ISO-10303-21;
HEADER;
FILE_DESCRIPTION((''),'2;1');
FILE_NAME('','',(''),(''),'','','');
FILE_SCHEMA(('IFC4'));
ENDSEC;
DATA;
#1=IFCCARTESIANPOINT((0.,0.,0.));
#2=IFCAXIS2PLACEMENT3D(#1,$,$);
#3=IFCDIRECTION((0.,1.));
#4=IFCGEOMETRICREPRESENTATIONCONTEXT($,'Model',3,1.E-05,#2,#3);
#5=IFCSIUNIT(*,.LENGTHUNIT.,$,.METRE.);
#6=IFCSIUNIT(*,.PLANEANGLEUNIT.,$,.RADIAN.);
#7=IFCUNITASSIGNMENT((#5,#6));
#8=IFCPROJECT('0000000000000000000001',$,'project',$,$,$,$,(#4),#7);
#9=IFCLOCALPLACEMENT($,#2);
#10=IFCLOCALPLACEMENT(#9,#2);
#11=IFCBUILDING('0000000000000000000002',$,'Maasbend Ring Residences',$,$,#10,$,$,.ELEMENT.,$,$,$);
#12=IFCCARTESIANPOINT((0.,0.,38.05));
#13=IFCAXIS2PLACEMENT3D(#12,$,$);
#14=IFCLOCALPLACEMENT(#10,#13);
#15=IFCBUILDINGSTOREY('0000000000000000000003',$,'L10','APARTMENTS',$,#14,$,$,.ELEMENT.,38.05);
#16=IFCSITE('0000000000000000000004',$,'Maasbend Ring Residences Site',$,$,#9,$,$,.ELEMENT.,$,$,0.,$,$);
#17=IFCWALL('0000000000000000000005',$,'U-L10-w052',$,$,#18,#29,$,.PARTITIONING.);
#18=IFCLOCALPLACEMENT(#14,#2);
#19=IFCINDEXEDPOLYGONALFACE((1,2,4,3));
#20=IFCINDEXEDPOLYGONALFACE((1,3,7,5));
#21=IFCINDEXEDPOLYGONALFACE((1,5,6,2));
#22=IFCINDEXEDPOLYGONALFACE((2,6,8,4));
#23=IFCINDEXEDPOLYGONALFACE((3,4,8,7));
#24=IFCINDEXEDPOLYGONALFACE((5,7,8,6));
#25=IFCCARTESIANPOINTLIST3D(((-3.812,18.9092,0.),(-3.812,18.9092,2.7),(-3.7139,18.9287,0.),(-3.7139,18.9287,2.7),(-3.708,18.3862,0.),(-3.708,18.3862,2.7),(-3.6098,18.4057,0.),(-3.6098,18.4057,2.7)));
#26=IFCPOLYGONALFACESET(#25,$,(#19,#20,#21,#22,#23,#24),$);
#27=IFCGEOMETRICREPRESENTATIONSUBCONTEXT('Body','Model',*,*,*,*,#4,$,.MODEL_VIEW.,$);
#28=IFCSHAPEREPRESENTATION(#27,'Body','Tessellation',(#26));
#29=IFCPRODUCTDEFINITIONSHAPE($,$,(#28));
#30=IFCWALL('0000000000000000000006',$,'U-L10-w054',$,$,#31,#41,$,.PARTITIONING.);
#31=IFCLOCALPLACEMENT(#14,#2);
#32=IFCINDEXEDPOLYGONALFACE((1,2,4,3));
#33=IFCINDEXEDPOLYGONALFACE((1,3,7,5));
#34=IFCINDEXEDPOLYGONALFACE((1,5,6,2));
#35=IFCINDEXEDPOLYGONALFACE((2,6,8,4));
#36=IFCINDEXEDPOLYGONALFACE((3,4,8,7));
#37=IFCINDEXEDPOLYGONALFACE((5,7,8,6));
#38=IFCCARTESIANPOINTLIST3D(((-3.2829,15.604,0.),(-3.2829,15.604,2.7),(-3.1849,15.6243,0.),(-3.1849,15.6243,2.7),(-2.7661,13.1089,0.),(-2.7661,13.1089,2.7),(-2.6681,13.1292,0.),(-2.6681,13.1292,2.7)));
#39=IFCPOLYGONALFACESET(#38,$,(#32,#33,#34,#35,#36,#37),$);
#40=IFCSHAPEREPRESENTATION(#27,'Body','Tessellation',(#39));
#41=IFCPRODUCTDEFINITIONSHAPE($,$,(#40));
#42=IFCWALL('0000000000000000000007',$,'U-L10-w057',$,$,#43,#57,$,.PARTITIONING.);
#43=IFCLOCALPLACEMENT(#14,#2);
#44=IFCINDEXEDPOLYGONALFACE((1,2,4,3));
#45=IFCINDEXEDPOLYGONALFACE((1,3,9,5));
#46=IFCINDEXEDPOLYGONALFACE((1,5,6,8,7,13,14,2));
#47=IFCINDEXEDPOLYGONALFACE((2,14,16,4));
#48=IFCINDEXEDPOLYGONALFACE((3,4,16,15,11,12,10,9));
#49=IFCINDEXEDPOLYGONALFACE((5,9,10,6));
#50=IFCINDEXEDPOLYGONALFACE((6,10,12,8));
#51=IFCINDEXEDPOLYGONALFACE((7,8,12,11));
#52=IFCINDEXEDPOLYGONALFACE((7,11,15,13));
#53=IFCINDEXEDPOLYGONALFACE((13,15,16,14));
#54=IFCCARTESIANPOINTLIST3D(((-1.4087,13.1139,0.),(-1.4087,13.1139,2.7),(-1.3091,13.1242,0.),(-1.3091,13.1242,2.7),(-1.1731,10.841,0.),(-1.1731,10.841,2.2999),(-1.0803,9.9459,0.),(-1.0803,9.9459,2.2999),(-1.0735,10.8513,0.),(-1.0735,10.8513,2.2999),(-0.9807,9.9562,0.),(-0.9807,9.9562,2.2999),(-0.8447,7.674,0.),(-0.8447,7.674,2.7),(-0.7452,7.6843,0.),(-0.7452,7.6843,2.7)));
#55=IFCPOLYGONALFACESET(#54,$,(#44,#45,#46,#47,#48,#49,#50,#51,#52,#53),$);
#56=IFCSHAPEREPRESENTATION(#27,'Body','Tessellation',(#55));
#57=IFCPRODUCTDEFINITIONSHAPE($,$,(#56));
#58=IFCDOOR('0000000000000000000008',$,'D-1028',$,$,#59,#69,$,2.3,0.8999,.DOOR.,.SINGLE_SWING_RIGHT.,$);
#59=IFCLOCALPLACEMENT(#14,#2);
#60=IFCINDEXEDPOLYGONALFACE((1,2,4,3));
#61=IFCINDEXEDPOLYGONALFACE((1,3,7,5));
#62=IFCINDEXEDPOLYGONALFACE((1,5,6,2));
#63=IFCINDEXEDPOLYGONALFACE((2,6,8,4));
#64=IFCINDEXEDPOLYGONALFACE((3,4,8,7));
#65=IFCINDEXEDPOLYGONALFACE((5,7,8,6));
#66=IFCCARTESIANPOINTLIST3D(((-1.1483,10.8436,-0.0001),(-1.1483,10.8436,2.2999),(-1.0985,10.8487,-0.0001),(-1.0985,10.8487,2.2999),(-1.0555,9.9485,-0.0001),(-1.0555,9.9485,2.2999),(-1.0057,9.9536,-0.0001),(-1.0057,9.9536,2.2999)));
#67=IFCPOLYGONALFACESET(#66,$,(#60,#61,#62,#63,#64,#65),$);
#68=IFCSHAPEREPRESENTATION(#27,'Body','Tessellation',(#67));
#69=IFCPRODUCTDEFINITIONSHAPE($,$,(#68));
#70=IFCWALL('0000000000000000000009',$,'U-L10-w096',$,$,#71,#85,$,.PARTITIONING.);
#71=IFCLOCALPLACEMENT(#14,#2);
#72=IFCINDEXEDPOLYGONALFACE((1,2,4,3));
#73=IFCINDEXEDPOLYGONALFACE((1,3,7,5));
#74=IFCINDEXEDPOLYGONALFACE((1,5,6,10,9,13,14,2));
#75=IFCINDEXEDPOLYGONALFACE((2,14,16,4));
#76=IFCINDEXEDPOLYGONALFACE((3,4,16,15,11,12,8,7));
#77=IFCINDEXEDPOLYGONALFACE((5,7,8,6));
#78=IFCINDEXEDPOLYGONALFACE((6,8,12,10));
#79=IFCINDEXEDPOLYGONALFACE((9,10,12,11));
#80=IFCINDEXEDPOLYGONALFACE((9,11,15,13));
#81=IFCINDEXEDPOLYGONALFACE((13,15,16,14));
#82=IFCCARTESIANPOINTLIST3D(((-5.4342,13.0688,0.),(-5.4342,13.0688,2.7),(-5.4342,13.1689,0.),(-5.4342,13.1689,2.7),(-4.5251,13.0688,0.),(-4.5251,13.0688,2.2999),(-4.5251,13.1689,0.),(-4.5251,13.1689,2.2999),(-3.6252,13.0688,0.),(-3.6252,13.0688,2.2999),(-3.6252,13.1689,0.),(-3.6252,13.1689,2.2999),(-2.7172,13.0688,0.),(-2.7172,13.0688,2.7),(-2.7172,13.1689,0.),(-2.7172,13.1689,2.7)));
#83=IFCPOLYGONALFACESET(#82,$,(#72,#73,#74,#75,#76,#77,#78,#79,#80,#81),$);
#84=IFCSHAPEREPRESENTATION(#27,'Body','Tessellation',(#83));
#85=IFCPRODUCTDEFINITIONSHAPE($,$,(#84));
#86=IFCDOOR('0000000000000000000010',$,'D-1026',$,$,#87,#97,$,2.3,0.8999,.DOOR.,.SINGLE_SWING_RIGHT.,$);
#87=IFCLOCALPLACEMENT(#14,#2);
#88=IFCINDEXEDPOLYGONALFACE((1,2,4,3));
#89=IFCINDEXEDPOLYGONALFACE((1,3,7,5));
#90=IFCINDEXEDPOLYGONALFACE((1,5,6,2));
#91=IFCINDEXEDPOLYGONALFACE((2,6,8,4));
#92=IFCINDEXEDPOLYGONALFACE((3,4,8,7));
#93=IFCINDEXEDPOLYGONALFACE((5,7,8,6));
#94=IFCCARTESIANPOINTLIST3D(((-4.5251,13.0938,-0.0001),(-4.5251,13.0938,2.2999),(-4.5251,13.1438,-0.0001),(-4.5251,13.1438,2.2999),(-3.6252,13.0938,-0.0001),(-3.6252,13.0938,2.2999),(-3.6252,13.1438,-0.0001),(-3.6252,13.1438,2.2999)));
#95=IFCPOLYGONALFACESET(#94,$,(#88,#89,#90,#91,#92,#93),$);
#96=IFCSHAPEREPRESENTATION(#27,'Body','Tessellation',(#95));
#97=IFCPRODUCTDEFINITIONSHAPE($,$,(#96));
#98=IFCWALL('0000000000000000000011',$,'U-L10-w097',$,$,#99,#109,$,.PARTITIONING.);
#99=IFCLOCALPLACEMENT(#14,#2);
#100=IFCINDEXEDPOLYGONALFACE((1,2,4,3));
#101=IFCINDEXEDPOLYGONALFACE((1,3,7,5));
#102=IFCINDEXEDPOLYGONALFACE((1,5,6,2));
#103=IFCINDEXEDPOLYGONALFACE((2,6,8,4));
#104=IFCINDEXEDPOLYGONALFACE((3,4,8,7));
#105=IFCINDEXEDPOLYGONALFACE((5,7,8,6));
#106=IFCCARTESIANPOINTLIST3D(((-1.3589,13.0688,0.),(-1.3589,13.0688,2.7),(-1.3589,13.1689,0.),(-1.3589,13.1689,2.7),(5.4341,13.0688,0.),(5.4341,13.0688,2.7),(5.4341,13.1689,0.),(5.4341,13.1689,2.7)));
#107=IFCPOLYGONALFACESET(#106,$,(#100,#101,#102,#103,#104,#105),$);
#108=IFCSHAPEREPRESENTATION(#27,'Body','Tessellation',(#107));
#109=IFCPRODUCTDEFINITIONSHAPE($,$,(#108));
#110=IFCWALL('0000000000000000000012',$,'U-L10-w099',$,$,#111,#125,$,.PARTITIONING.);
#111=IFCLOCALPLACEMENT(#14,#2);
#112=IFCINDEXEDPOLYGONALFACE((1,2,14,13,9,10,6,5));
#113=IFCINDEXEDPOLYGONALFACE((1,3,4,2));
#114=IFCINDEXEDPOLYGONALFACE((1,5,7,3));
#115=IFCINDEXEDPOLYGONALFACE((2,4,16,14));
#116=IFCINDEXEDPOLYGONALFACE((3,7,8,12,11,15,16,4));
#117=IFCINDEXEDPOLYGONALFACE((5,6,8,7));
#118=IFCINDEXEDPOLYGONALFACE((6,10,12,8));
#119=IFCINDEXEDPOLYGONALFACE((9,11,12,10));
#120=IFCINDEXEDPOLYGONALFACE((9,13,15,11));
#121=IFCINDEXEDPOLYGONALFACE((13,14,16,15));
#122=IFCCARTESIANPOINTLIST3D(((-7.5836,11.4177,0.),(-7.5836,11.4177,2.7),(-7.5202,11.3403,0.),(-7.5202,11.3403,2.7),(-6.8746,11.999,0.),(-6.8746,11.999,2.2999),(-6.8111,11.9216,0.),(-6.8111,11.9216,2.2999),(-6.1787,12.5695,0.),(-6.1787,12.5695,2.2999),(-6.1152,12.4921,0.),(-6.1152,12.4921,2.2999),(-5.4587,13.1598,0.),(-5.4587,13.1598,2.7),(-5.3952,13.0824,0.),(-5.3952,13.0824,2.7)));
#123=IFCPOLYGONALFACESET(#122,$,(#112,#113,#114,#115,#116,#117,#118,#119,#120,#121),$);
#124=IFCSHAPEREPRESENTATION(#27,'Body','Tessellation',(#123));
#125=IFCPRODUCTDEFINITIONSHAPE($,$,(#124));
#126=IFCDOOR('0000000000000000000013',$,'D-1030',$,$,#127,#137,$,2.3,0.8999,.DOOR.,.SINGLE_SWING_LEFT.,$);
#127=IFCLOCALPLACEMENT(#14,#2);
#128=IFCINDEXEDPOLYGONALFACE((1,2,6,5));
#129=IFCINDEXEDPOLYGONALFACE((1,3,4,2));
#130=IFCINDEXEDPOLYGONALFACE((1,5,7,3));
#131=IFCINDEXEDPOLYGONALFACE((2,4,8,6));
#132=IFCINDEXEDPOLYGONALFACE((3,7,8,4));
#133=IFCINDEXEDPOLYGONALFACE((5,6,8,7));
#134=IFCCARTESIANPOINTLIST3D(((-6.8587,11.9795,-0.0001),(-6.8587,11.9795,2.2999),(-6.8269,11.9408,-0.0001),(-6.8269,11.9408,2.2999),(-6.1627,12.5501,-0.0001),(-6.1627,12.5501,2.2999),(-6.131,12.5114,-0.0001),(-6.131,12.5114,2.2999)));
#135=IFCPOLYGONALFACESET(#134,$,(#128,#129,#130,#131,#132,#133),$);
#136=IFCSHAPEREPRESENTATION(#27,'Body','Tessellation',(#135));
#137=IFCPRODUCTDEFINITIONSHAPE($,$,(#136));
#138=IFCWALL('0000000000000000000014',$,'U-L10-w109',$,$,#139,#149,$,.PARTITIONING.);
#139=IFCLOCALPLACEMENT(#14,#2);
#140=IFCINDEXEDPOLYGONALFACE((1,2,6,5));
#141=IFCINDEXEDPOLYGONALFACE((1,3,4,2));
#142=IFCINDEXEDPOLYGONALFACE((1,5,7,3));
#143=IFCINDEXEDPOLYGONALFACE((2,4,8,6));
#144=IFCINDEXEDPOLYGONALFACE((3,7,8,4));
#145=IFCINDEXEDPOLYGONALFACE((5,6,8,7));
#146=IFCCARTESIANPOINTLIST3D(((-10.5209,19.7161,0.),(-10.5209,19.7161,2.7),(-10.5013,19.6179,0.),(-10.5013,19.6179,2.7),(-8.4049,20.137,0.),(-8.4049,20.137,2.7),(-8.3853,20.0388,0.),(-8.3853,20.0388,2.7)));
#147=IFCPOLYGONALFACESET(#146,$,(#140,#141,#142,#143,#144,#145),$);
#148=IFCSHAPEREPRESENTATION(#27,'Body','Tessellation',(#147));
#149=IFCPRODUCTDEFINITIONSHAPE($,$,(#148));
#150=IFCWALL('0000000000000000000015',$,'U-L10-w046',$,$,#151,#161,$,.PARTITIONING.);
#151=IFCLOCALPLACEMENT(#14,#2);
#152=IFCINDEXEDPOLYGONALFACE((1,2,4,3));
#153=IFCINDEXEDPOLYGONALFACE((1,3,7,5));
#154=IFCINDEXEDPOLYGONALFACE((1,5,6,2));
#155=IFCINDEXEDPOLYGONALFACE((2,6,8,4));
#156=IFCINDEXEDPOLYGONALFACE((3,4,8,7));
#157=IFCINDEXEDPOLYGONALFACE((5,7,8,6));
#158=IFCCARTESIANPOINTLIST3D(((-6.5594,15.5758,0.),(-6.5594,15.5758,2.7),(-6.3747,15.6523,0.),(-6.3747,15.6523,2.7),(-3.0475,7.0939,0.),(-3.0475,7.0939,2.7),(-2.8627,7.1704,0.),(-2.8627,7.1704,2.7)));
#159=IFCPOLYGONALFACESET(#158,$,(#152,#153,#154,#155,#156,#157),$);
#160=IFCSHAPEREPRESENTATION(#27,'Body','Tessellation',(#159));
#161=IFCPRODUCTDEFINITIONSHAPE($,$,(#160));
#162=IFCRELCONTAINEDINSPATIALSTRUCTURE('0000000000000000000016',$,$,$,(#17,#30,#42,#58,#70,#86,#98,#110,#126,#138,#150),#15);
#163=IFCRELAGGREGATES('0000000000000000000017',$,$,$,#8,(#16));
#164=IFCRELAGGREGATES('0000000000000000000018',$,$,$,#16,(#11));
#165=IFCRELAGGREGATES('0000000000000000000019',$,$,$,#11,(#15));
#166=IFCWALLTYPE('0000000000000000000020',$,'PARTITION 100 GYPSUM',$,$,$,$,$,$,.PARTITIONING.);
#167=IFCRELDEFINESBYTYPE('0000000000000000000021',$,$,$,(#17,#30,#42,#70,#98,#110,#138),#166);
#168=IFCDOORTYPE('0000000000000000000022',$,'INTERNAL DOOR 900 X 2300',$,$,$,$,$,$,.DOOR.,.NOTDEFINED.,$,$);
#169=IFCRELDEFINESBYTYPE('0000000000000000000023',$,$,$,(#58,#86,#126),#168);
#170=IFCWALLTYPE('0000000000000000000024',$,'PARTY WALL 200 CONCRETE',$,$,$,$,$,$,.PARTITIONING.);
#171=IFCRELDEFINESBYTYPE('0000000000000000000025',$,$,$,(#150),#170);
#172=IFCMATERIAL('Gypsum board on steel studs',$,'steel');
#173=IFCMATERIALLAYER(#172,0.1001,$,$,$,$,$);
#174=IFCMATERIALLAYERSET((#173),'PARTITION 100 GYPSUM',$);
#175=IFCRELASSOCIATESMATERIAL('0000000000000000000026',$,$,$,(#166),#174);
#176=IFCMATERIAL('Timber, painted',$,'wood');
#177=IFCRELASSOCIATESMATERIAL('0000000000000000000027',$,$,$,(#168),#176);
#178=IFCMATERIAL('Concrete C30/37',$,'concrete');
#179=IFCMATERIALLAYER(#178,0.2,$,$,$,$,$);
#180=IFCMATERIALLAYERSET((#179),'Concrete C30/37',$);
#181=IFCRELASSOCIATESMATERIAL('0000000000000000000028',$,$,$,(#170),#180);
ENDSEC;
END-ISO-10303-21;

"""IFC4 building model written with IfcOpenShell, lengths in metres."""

from ifc_helpers import new_model, si_unit, direction, frame, frame_2d, origin, place, context, subcontext, project, spatial, rectangle, extrude, material, layer, layer_set, type_object, element, fill, save


model = new_model("IFC4")

# Units and contexts
model_context = context("Model", 3, precision=1e-05, world=origin(), true_north=direction((0.0, 1.0)))
body_context = subcontext(model_context, "Body", "Model", "MODEL_VIEW")
ifc_project = project(units=[si_unit("LENGTHUNIT", "METRE"), si_unit("PLANEANGLEUNIT", "RADIAN")], contexts=[model_context])

# Site, building, storey
site_placement = place(None, origin())
site = spatial("IfcSite", under=ifc_project, at=site_placement, Name="Maasbend Ring Residences Site", CompositionType="ELEMENT", RefElevation=0.0)
building_placement = place(site_placement, origin())
building = spatial("IfcBuilding", under=site, at=building_placement, Name="Maasbend Ring Residences", CompositionType="ELEMENT")
storey_placement = place(building_placement, frame((0.0, 0.0, 38.05)))
storey = spatial("IfcBuildingStorey", under=building, at=storey_placement, Name="L10", Description="APARTMENTS", CompositionType="ELEMENT", Elevation=38.05)

# Walls
ifc_material_1 = material(Name="Gypsum board on steel studs", Category="steel")
ifc_layer_1 = layer(ifc_material_1, 0.1001)
ifc_layer_set_1 = layer_set([ifc_layer_1], Name="PARTITION 100 GYPSUM")
wall_type_1 = type_object("IfcWallType", Name="PARTITION 100 GYPSUM", PredefinedType="PARTITIONING", material=ifc_layer_set_1)
wall_1_placement = place(storey_placement, frame((-3.7629, 18.9189, 0.0), z_axis=(0.0, 0.0, 1.0), x_axis=(0.195059, -0.980791, 0.0)))
element("IfcWall", 1, at=wall_1_placement, inside=storey, type_object=wall_type_1, Name="U-L10-w052", PredefinedType="PARTITIONING", context=body_context, shape_type="SweptSolid", body=[
    extrude(rectangle(XDim=0.5332, YDim=0.1001, at=frame_2d((0.2666, 0.0))), origin(), (0.0, 0.0, 1.0), 2.7),
])
wall_2_placement = place(storey_placement, frame((-3.2339, 15.614, 0.0), z_axis=(0.0, 0.0, 1.0), x_axis=(0.202837, -0.979213, 0.0)))
element("IfcWall", 2, at=wall_2_placement, inside=storey, type_object=wall_type_1, Name="U-L10-w054", PredefinedType="PARTITIONING", context=body_context, shape_type="SweptSolid", body=[
    extrude(rectangle(XDim=2.5481, YDim=0.1001, at=frame_2d((1.2739, 0.0))), origin(), (0.0, 0.0, 1.0), 2.7),
])

# Walls, openings, doors
wall_3_placement = place(storey_placement, frame((-1.3589, 13.1189, 0.0), z_axis=(0.0, 0.0, 1.0), x_axis=(0.103118, -0.994669, 0.0)))
wall_3 = element("IfcWall", 3, at=wall_3_placement, inside=storey, type_object=wall_type_1, Name="U-L10-w057", PredefinedType="PARTITIONING", context=body_context, shape_type="SweptSolid", body=[
    extrude(rectangle(XDim=5.469, YDim=0.1001, at=frame_2d((2.7344, 0.0))), origin(), (0.0, 0.0, 1.0), 2.7),
])
opening_1_placement = place(wall_3_placement, frame((2.2849, 0.0, 0.0)))
opening_1 = element("IfcOpeningElement", 4, at=opening_1_placement, cuts=wall_3, PredefinedType="OPENING", context=body_context, shape_type="SweptSolid", body=[
    extrude(rectangle(XDim=0.8999, YDim=2.3, at=frame_2d((0.45, 1.1499))), frame((0.0, 0.0601, 0.0), z_axis=(0.0, -1.0, 0.0), x_axis=(1.0, 0.0, 0.0)), (0.0, 0.0, 1.0), 0.1201),
])
ifc_material_2 = material(Name="Timber, painted", Category="wood")
door_type_1 = type_object("IfcDoorType", Name="INTERNAL DOOR 900 X 2300", OperationType="NOTDEFINED", PredefinedType="DOOR", material=ifc_material_2)
door_1_placement = place(opening_1_placement, origin())
door_1 = element("IfcDoor", 5, at=door_1_placement, inside=storey, type_object=door_type_1, Name="D-1028", OperationType="SINGLE_SWING_RIGHT", OverallHeight=2.3, OverallWidth=0.8999, PredefinedType="DOOR", context=body_context, shape_type="SweptSolid", body=[
    extrude(rectangle(XDim=0.8999, YDim=2.3, at=frame_2d((0.45, 1.1499))), frame((0.0, 0.0249, 0.0), z_axis=(0.0, -1.0, 0.0), x_axis=(1.0, 0.0, 0.0)), (0.0, 0.0, 1.0), 0.05),
])
fill(opening_1, door_1)
wall_4_placement = place(storey_placement, frame((-5.4341, 13.1189, 0.0), z_axis=(0.0, 0.0, 1.0), x_axis=(1.0, 0.0, 0.0)))
wall_4 = element("IfcWall", 6, at=wall_4_placement, inside=storey, type_object=wall_type_1, Name="U-L10-w096", PredefinedType="PARTITIONING", context=body_context, shape_type="SweptSolid", body=[
    extrude(rectangle(XDim=2.717, YDim=0.1001, at=frame_2d((1.3584, 0.0))), origin(), (0.0, 0.0, 1.0), 2.7),
])
opening_2_placement = place(wall_4_placement, frame((0.9089, 0.0, 0.0)))
opening_2 = element("IfcOpeningElement", 7, at=opening_2_placement, cuts=wall_4, PredefinedType="OPENING", context=body_context, shape_type="SweptSolid", body=[
    extrude(rectangle(XDim=0.8999, YDim=2.3, at=frame_2d((0.45, 1.1499))), frame((0.0, 0.0601, 0.0), z_axis=(0.0, -1.0, 0.0), x_axis=(1.0, 0.0, 0.0)), (0.0, 0.0, 1.0), 0.1201),
])
door_2_placement = place(opening_2_placement, origin())
door_2 = element("IfcDoor", 8, at=door_2_placement, inside=storey, type_object=door_type_1, Name="D-1026", OperationType="SINGLE_SWING_RIGHT", OverallHeight=2.3, OverallWidth=0.8999, PredefinedType="DOOR", context=body_context, shape_type="SweptSolid", body=[
    extrude(rectangle(XDim=0.8999, YDim=2.3, at=frame_2d((0.45, 1.1499))), frame((0.0, 0.0249, 0.0), z_axis=(0.0, -1.0, 0.0), x_axis=(1.0, 0.0, 0.0)), (0.0, 0.0, 1.0), 0.05),
])
fill(opening_2, door_2)

# Wall
wall_5_placement = place(storey_placement, frame((-1.3589, 13.1189, 0.0), z_axis=(0.0, 0.0, 1.0), x_axis=(1.0, 0.0, 0.0)))
element("IfcWall", 9, at=wall_5_placement, inside=storey, type_object=wall_type_1, Name="U-L10-w097", PredefinedType="PARTITIONING", context=body_context, shape_type="SweptSolid", body=[
    extrude(rectangle(XDim=6.793, YDim=0.1001, at=frame_2d((3.3965, 0.0))), origin(), (0.0, 0.0, 1.0), 2.7),
])

# Wall, opening, door
wall_6_placement = place(storey_placement, frame((-7.552, 11.3789, 0.0), z_axis=(0.0, 0.0, 1.0), x_axis=(0.773324, 0.634012, 0.0)))
wall_6 = element("IfcWall", 10, at=wall_6_placement, inside=storey, type_object=wall_type_1, Name="U-L10-w099", PredefinedType="PARTITIONING", context=body_context, shape_type="SweptSolid", body=[
    extrude(rectangle(XDim=2.7478, YDim=0.1001, at=frame_2d((1.374, 0.0))), origin(), (0.0, 0.0, 1.0), 2.7),
])
opening_3_placement = place(wall_6_placement, frame((0.917, 0.0, 0.0)))
opening_3 = element("IfcOpeningElement", 11, at=opening_3_placement, cuts=wall_6, PredefinedType="OPENING", context=body_context, shape_type="SweptSolid", body=[
    extrude(rectangle(XDim=0.8999, YDim=2.3, at=frame_2d((0.45, 1.1499))), frame((0.0, 0.0601, 0.0), z_axis=(0.0, -1.0, 0.0), x_axis=(1.0, 0.0, 0.0)), (0.0, 0.0, 1.0), 0.1201),
])
door_3_placement = place(opening_3_placement, origin())
door_3 = element("IfcDoor", 12, at=door_3_placement, inside=storey, type_object=door_type_1, Name="D-1030", OperationType="SINGLE_SWING_LEFT", OverallHeight=2.3, OverallWidth=0.8999, PredefinedType="DOOR", context=body_context, shape_type="SweptSolid", body=[
    extrude(rectangle(XDim=0.8999, YDim=2.3, at=frame_2d((0.45, 1.1499))), frame((0.0, 0.0249, 0.0), z_axis=(0.0, -1.0, 0.0), x_axis=(1.0, 0.0, 0.0)), (0.0, 0.0, 1.0), 0.05),
])
fill(opening_3, door_3)

# Walls
wall_7_placement = place(storey_placement, frame((-10.511, 19.667, 0.0), z_axis=(0.0, 0.0, 1.0), x_axis=(0.980785, 0.195093, 0.0)))
element("IfcWall", 13, at=wall_7_placement, inside=storey, type_object=wall_type_1, Name="U-L10-w109", PredefinedType="PARTITIONING", context=body_context, shape_type="SweptSolid", body=[
    extrude(rectangle(XDim=2.1575, YDim=0.1001, at=frame_2d((1.0786, 0.0))), origin(), (0.0, 0.0, 1.0), 2.7),
])
ifc_material_3 = material(Name="Concrete C30/37", Category="concrete")
ifc_layer_2 = layer(ifc_material_3, 0.2)
ifc_layer_set_2 = layer_set([ifc_layer_2], Name="Concrete C30/37")
wall_type_2 = type_object("IfcWallType", Name="PARTY WALL 200 CONCRETE", PredefinedType="PARTITIONING", material=ifc_layer_set_2)
wall_8_placement = place(storey_placement, frame((-6.467, 15.614, 0.0), z_axis=(0.0, 0.0, 1.0), x_axis=(0.382556, -0.923932, 0.0)))
element("IfcWall", 14, at=wall_8_placement, inside=storey, type_object=wall_type_2, Name="U-L10-w046", PredefinedType="PARTITIONING", context=body_context, shape_type="SweptSolid", body=[
    extrude(rectangle(XDim=9.1802, YDim=0.2, at=frame_2d((4.5901, 0.0))), origin(), (0.0, 0.0, 1.0), 2.7),
])

save(model, "model.ifc")
